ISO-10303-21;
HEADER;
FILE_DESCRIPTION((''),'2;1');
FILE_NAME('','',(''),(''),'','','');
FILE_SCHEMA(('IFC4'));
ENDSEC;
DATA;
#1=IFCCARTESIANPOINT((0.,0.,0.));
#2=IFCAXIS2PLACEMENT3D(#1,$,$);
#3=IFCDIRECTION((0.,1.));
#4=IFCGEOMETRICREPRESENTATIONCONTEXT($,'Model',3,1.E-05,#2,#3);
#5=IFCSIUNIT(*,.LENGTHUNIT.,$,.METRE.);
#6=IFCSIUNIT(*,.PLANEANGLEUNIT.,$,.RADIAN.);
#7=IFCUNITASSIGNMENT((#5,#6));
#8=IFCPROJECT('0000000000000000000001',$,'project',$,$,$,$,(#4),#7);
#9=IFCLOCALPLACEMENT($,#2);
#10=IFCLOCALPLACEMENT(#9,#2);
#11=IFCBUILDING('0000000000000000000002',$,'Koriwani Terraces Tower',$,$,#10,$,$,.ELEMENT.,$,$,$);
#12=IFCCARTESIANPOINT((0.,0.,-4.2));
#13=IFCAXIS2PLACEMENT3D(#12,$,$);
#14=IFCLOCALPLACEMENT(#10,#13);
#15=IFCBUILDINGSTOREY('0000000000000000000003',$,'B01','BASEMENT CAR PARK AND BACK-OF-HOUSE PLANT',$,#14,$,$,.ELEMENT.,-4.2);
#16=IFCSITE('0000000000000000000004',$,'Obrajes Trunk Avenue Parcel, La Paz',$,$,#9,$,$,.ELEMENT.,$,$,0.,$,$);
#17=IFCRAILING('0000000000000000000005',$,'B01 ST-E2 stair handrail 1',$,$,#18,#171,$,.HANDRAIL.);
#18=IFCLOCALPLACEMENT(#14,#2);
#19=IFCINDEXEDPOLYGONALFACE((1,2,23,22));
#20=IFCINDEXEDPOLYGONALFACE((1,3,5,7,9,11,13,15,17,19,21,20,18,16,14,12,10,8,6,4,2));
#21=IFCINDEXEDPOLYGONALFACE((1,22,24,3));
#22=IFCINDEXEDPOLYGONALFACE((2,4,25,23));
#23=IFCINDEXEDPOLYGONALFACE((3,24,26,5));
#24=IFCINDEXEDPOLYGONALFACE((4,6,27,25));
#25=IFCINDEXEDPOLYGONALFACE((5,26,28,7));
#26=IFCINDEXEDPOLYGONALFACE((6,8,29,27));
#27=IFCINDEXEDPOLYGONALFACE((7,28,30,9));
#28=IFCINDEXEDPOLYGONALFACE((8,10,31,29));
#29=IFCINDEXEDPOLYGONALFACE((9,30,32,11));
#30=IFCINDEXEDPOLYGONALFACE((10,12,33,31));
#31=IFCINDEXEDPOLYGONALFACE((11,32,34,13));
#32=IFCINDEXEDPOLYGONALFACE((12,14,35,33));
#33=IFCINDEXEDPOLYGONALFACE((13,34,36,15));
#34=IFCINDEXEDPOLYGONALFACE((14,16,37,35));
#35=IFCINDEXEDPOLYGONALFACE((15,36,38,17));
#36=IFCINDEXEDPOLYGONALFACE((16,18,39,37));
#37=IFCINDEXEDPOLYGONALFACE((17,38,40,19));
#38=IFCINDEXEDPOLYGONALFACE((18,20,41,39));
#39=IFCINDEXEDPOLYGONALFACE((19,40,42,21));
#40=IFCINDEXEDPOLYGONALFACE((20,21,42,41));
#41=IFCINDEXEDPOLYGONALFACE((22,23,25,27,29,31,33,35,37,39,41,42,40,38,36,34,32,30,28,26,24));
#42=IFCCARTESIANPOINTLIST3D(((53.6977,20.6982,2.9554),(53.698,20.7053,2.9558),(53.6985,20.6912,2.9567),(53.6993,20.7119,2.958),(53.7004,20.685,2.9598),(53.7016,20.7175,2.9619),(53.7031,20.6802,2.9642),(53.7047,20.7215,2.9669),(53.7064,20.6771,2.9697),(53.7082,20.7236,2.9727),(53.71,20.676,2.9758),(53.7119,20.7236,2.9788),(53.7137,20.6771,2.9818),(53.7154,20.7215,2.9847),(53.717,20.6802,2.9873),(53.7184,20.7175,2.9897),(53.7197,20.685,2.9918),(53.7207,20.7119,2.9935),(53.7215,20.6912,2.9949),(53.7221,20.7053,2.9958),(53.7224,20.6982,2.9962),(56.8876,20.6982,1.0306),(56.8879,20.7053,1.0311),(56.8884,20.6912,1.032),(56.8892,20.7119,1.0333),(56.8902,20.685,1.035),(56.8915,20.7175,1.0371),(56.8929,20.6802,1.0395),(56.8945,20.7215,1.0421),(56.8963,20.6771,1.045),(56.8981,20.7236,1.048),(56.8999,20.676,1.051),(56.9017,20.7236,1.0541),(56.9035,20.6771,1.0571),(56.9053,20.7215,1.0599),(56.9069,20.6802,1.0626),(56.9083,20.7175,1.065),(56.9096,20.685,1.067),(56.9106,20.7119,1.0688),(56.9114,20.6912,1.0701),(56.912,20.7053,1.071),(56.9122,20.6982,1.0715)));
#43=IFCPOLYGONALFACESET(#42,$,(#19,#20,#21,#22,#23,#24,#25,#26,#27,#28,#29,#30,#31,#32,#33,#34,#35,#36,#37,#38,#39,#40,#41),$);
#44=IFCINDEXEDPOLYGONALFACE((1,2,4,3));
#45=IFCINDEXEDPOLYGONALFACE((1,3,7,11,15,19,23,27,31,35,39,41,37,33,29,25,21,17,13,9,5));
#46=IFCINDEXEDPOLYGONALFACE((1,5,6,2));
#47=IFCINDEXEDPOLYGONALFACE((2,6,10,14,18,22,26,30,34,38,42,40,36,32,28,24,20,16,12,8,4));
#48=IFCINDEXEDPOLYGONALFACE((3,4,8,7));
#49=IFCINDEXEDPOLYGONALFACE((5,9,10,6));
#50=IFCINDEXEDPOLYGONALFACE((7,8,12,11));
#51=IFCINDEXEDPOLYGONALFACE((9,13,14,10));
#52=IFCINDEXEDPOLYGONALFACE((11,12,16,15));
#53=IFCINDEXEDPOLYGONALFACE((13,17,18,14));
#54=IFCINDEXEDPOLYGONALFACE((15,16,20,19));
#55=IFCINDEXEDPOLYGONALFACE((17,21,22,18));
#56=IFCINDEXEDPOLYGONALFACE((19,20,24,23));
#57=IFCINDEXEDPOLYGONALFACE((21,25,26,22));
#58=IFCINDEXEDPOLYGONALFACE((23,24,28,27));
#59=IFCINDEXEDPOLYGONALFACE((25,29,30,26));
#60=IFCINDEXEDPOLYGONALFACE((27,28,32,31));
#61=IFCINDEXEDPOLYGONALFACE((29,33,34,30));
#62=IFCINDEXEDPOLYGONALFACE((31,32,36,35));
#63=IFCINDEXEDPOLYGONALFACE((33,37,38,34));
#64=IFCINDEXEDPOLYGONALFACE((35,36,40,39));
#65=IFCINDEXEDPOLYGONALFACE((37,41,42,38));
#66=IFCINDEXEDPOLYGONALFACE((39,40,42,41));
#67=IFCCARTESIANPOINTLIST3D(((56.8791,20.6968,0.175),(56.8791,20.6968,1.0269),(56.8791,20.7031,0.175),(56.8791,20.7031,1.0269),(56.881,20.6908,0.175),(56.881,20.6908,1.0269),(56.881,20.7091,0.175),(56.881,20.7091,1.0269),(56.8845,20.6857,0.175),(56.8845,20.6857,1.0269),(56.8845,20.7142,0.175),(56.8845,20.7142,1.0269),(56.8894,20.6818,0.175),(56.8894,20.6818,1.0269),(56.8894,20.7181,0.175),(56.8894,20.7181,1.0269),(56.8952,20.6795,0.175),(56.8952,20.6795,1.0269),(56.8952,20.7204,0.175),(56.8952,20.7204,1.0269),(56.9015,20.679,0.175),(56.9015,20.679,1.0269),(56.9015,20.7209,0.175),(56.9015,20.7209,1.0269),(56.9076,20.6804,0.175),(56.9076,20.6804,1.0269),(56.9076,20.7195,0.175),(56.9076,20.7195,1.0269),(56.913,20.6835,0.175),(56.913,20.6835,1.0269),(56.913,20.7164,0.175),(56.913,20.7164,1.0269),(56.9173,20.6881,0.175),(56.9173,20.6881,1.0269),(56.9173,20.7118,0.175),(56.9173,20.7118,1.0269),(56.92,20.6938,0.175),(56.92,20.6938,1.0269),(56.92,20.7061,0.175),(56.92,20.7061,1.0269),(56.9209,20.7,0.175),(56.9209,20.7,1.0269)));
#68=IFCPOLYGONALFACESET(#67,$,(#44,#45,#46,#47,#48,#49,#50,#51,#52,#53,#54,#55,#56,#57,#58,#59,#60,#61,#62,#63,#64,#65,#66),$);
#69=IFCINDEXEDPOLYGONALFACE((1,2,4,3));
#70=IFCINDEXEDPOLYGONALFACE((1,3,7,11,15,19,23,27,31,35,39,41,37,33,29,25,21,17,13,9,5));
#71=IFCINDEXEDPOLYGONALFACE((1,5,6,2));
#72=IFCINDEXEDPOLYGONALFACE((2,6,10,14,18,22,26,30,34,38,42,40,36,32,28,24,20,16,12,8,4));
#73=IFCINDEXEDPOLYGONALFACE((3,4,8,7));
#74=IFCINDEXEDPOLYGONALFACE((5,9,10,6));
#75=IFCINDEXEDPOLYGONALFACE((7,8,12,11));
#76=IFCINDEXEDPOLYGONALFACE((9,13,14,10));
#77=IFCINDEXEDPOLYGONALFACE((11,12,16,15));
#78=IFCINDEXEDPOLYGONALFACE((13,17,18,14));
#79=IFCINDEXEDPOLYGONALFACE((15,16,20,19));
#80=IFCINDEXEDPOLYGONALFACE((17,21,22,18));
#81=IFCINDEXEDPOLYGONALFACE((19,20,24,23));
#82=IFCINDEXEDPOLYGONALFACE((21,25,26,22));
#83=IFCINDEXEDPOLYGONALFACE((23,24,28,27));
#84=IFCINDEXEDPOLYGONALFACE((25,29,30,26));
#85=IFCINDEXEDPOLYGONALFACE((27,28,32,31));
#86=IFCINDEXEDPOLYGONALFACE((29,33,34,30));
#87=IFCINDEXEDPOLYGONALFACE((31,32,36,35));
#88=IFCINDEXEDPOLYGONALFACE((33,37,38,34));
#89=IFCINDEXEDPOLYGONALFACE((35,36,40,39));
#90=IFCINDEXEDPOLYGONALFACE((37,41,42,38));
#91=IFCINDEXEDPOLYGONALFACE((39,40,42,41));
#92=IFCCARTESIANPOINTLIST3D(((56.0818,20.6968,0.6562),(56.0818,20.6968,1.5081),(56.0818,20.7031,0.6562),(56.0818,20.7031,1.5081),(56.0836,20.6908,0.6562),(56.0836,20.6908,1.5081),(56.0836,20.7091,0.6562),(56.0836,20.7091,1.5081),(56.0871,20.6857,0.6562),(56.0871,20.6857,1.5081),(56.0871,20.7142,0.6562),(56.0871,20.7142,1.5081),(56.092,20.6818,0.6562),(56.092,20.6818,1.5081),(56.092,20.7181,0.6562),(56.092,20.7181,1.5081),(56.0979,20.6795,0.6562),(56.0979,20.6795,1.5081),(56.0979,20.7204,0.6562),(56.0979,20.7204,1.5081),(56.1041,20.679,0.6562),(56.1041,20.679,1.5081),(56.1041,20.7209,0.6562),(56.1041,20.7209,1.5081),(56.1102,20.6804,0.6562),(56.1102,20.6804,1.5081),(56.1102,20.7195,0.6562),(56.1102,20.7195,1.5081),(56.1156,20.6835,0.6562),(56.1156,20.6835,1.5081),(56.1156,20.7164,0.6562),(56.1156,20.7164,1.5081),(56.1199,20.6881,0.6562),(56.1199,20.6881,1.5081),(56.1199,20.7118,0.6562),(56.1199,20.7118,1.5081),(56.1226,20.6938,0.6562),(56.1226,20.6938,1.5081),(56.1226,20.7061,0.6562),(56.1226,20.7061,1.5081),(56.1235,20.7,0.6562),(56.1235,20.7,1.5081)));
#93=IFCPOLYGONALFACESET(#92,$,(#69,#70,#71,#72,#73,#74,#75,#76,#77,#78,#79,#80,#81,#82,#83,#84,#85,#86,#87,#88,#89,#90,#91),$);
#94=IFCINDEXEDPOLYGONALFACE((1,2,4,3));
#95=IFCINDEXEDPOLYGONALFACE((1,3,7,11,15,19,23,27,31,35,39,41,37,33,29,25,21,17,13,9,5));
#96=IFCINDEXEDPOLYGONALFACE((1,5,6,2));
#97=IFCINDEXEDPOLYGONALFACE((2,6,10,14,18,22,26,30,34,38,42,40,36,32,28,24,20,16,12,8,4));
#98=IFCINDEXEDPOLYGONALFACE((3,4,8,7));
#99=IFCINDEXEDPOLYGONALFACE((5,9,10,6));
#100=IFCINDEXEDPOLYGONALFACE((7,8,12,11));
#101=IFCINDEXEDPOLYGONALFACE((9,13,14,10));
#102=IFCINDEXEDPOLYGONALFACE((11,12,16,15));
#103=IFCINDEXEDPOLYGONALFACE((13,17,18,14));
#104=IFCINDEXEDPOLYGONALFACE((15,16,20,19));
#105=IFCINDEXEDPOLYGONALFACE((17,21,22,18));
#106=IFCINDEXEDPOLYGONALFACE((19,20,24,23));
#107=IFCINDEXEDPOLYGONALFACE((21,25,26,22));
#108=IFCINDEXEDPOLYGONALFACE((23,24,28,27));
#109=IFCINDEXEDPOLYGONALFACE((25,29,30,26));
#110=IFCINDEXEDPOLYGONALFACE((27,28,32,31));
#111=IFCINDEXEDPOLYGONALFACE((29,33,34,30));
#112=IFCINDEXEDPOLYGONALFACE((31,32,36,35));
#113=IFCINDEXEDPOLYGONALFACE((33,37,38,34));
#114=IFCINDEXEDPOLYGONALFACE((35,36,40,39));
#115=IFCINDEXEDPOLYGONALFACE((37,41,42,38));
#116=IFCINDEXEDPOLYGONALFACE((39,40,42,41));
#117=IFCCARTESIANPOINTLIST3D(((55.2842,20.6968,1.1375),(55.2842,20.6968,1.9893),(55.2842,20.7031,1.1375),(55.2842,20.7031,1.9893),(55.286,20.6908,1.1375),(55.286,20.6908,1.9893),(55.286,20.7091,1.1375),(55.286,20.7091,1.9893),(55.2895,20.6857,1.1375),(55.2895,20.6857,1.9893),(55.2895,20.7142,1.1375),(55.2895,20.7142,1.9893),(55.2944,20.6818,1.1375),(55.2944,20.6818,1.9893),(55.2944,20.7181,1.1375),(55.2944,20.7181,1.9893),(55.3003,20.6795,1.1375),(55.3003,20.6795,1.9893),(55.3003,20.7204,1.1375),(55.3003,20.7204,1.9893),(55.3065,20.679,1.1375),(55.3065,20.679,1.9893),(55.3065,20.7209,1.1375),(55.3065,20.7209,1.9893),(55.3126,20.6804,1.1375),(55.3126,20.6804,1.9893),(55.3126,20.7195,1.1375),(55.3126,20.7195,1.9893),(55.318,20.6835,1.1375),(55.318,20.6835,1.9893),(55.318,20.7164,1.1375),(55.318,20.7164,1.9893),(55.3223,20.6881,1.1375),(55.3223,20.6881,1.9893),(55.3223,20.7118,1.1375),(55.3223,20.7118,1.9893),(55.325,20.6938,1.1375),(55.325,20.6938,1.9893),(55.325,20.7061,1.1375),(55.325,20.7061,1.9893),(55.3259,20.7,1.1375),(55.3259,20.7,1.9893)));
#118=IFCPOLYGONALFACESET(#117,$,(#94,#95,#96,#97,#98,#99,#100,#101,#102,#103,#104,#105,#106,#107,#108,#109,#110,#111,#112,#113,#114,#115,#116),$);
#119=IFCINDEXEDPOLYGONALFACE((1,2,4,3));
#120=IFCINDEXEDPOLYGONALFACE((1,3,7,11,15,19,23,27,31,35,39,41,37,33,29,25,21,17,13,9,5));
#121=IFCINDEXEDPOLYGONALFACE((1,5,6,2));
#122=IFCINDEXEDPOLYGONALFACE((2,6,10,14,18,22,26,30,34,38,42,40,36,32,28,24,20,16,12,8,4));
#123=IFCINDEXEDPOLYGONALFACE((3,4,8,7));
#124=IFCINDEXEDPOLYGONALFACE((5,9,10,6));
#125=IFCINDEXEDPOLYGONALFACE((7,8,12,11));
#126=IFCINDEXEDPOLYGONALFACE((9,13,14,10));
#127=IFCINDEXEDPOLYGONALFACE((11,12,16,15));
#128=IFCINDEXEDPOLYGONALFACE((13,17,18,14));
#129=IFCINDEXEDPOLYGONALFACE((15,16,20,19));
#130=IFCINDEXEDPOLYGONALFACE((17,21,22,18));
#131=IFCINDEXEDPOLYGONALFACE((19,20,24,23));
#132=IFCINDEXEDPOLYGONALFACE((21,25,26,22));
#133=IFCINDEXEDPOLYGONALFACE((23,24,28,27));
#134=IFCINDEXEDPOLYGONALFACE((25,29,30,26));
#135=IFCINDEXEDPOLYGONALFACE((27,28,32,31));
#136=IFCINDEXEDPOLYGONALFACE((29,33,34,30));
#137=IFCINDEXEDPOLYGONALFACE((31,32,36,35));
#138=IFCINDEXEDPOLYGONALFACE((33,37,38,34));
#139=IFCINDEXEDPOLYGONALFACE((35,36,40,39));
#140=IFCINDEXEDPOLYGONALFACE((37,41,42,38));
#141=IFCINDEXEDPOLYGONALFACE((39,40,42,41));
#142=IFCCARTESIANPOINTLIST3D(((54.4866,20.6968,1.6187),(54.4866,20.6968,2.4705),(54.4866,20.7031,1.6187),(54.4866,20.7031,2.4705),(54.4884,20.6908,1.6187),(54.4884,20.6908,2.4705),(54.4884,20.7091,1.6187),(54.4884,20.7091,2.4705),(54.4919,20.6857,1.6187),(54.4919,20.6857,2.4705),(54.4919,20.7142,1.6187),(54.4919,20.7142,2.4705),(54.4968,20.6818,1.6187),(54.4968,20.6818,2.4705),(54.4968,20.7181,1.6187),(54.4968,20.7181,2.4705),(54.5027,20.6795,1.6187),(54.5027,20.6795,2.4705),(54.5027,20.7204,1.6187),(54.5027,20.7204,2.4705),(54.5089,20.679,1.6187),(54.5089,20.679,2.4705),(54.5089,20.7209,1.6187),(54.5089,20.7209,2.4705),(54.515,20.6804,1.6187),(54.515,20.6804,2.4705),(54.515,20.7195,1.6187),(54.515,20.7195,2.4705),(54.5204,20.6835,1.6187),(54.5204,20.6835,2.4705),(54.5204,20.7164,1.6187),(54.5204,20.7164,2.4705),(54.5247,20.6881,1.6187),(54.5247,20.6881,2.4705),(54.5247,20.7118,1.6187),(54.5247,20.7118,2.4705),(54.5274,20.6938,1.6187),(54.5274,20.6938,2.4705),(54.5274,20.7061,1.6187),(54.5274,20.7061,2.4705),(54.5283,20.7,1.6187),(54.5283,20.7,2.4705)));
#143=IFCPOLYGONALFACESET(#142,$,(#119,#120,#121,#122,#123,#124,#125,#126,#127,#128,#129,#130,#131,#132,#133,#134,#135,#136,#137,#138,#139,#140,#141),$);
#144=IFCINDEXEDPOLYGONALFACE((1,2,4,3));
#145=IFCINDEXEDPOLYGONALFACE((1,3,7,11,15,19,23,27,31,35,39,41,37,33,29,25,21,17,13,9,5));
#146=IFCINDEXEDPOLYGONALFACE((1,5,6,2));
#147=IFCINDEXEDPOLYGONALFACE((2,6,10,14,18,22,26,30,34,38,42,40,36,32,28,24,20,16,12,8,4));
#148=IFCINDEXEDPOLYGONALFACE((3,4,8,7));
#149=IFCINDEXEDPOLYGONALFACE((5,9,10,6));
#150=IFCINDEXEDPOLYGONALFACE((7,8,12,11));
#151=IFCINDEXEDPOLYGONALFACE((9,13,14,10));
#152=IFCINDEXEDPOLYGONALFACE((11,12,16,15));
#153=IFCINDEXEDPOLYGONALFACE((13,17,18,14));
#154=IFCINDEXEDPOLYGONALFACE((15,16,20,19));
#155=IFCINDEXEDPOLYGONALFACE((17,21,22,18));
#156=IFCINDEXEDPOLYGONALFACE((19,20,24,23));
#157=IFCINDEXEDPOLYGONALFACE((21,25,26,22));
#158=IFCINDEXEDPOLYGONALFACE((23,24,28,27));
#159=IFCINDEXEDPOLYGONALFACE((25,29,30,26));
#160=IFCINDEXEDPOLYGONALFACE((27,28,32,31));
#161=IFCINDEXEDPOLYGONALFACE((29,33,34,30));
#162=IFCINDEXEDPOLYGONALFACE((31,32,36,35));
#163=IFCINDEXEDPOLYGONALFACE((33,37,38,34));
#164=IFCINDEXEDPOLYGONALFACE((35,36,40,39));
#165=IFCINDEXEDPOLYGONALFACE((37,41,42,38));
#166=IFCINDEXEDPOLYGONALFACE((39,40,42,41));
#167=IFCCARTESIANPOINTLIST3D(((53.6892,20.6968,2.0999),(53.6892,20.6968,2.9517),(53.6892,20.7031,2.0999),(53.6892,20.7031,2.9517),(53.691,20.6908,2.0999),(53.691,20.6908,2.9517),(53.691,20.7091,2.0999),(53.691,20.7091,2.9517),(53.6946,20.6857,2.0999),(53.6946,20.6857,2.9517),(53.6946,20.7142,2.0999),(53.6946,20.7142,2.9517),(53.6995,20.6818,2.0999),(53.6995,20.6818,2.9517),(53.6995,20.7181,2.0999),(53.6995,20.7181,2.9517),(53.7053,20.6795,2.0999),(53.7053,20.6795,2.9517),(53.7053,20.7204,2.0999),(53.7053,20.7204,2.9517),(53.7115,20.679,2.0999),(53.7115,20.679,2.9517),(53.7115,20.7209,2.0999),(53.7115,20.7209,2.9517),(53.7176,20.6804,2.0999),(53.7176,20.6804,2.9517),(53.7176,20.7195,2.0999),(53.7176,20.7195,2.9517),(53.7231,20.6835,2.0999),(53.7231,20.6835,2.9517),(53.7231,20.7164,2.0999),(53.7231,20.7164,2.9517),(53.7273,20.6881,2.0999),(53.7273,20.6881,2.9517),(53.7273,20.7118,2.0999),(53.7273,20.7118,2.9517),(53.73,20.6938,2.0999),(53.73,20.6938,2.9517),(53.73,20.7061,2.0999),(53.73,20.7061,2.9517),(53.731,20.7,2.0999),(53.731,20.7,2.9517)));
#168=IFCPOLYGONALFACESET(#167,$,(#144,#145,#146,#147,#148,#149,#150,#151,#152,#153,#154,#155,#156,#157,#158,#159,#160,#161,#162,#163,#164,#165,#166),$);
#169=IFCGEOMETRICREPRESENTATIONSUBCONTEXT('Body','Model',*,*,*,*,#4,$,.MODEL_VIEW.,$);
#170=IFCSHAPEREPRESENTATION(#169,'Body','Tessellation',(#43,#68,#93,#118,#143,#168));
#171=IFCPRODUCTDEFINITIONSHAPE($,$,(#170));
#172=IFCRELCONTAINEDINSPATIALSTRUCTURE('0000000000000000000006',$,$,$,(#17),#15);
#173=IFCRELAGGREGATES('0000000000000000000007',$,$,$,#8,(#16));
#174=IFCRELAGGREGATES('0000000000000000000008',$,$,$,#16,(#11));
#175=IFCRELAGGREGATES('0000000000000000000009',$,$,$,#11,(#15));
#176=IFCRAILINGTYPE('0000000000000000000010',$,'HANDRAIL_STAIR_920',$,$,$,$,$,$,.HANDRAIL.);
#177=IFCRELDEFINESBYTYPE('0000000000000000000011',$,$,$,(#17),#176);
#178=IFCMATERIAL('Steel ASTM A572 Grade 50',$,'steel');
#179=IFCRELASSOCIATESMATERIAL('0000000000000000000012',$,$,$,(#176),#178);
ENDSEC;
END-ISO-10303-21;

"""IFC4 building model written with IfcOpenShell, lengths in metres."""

from ifc_helpers import new_model, si_unit, direction, frame, origin, origin_2d, place, context, subcontext, project, spatial, circle, extrude, material, type_object, element, save


model = new_model("IFC4")

# Units and contexts
model_context = context("Model", 3, precision=1e-05, world=origin(), true_north=direction((0.0, 1.0)))
body_context = subcontext(model_context, "Body", "Model", "MODEL_VIEW")
ifc_project = project(units=[si_unit("LENGTHUNIT", "METRE"), si_unit("PLANEANGLEUNIT", "RADIAN")], contexts=[model_context])

# Site, building, storey
site_placement = place(None, origin())
site = spatial("IfcSite", under=ifc_project, at=site_placement, Name="Obrajes Trunk Avenue Parcel, La Paz", CompositionType="ELEMENT", RefElevation=0.0)
building_placement = place(site_placement, origin())
building = spatial("IfcBuilding", under=site, at=building_placement, Name="Koriwani Terraces Tower", CompositionType="ELEMENT")
storey_placement = place(building_placement, frame((0.0, 0.0, -4.2)))
storey = spatial("IfcBuildingStorey", under=building, at=storey_placement, Name="B01", Description="BASEMENT CAR PARK AND BACK-OF-HOUSE PLANT", CompositionType="ELEMENT", Elevation=-4.2)

# Shared definitions
ifc_material_1 = material(Name="Steel ASTM A572 Grade 50", Category="steel")

# Railing
railing_type_1 = type_object("IfcRailingType", Name="HANDRAIL_STAIR_920", PredefinedType="HANDRAIL", material=ifc_material_1)
railing_1_placement = place(storey_placement, frame((56.8999, 20.7, 0.175)))
element("IfcRailing", 1, at=railing_1_placement, inside=storey, type_object=railing_type_1, Name="B01 ST-E2 stair handrail 1", PredefinedType="HANDRAIL", context=body_context, shape_type="SweptSolid", body=[
    extrude(circle(Radius=0.0239, at=origin_2d()), frame((0.0, 0.0, 0.876), z_axis=(-0.856207, 0.0, 0.516633), x_axis=(0.0, -1.0, 0.0)), (0.0, 0.0, 1.0), 3.7256),
    extrude(circle(Radius=0.021, at=origin_2d()), origin(), (0.0, 0.0, 1.0), 0.8518),
    extrude(circle(Radius=0.021, at=origin_2d()), frame((-0.7974, 0.0, 0.4812)), (0.0, 0.0, 1.0), 0.8518),
    extrude(circle(Radius=0.021, at=origin_2d()), frame((-1.595, 0.0, 0.9624)), (0.0, 0.0, 1.0), 0.8518),
    extrude(circle(Radius=0.021, at=origin_2d()), frame((-2.3926, 0.0, 1.4436)), (0.0, 0.0, 1.0), 0.8518),
    extrude(circle(Radius=0.021, at=origin_2d()), frame((-3.1899, 0.0, 1.9248)), (0.0, 0.0, 1.0), 0.8518),
])

save(model, "model.ifc")
